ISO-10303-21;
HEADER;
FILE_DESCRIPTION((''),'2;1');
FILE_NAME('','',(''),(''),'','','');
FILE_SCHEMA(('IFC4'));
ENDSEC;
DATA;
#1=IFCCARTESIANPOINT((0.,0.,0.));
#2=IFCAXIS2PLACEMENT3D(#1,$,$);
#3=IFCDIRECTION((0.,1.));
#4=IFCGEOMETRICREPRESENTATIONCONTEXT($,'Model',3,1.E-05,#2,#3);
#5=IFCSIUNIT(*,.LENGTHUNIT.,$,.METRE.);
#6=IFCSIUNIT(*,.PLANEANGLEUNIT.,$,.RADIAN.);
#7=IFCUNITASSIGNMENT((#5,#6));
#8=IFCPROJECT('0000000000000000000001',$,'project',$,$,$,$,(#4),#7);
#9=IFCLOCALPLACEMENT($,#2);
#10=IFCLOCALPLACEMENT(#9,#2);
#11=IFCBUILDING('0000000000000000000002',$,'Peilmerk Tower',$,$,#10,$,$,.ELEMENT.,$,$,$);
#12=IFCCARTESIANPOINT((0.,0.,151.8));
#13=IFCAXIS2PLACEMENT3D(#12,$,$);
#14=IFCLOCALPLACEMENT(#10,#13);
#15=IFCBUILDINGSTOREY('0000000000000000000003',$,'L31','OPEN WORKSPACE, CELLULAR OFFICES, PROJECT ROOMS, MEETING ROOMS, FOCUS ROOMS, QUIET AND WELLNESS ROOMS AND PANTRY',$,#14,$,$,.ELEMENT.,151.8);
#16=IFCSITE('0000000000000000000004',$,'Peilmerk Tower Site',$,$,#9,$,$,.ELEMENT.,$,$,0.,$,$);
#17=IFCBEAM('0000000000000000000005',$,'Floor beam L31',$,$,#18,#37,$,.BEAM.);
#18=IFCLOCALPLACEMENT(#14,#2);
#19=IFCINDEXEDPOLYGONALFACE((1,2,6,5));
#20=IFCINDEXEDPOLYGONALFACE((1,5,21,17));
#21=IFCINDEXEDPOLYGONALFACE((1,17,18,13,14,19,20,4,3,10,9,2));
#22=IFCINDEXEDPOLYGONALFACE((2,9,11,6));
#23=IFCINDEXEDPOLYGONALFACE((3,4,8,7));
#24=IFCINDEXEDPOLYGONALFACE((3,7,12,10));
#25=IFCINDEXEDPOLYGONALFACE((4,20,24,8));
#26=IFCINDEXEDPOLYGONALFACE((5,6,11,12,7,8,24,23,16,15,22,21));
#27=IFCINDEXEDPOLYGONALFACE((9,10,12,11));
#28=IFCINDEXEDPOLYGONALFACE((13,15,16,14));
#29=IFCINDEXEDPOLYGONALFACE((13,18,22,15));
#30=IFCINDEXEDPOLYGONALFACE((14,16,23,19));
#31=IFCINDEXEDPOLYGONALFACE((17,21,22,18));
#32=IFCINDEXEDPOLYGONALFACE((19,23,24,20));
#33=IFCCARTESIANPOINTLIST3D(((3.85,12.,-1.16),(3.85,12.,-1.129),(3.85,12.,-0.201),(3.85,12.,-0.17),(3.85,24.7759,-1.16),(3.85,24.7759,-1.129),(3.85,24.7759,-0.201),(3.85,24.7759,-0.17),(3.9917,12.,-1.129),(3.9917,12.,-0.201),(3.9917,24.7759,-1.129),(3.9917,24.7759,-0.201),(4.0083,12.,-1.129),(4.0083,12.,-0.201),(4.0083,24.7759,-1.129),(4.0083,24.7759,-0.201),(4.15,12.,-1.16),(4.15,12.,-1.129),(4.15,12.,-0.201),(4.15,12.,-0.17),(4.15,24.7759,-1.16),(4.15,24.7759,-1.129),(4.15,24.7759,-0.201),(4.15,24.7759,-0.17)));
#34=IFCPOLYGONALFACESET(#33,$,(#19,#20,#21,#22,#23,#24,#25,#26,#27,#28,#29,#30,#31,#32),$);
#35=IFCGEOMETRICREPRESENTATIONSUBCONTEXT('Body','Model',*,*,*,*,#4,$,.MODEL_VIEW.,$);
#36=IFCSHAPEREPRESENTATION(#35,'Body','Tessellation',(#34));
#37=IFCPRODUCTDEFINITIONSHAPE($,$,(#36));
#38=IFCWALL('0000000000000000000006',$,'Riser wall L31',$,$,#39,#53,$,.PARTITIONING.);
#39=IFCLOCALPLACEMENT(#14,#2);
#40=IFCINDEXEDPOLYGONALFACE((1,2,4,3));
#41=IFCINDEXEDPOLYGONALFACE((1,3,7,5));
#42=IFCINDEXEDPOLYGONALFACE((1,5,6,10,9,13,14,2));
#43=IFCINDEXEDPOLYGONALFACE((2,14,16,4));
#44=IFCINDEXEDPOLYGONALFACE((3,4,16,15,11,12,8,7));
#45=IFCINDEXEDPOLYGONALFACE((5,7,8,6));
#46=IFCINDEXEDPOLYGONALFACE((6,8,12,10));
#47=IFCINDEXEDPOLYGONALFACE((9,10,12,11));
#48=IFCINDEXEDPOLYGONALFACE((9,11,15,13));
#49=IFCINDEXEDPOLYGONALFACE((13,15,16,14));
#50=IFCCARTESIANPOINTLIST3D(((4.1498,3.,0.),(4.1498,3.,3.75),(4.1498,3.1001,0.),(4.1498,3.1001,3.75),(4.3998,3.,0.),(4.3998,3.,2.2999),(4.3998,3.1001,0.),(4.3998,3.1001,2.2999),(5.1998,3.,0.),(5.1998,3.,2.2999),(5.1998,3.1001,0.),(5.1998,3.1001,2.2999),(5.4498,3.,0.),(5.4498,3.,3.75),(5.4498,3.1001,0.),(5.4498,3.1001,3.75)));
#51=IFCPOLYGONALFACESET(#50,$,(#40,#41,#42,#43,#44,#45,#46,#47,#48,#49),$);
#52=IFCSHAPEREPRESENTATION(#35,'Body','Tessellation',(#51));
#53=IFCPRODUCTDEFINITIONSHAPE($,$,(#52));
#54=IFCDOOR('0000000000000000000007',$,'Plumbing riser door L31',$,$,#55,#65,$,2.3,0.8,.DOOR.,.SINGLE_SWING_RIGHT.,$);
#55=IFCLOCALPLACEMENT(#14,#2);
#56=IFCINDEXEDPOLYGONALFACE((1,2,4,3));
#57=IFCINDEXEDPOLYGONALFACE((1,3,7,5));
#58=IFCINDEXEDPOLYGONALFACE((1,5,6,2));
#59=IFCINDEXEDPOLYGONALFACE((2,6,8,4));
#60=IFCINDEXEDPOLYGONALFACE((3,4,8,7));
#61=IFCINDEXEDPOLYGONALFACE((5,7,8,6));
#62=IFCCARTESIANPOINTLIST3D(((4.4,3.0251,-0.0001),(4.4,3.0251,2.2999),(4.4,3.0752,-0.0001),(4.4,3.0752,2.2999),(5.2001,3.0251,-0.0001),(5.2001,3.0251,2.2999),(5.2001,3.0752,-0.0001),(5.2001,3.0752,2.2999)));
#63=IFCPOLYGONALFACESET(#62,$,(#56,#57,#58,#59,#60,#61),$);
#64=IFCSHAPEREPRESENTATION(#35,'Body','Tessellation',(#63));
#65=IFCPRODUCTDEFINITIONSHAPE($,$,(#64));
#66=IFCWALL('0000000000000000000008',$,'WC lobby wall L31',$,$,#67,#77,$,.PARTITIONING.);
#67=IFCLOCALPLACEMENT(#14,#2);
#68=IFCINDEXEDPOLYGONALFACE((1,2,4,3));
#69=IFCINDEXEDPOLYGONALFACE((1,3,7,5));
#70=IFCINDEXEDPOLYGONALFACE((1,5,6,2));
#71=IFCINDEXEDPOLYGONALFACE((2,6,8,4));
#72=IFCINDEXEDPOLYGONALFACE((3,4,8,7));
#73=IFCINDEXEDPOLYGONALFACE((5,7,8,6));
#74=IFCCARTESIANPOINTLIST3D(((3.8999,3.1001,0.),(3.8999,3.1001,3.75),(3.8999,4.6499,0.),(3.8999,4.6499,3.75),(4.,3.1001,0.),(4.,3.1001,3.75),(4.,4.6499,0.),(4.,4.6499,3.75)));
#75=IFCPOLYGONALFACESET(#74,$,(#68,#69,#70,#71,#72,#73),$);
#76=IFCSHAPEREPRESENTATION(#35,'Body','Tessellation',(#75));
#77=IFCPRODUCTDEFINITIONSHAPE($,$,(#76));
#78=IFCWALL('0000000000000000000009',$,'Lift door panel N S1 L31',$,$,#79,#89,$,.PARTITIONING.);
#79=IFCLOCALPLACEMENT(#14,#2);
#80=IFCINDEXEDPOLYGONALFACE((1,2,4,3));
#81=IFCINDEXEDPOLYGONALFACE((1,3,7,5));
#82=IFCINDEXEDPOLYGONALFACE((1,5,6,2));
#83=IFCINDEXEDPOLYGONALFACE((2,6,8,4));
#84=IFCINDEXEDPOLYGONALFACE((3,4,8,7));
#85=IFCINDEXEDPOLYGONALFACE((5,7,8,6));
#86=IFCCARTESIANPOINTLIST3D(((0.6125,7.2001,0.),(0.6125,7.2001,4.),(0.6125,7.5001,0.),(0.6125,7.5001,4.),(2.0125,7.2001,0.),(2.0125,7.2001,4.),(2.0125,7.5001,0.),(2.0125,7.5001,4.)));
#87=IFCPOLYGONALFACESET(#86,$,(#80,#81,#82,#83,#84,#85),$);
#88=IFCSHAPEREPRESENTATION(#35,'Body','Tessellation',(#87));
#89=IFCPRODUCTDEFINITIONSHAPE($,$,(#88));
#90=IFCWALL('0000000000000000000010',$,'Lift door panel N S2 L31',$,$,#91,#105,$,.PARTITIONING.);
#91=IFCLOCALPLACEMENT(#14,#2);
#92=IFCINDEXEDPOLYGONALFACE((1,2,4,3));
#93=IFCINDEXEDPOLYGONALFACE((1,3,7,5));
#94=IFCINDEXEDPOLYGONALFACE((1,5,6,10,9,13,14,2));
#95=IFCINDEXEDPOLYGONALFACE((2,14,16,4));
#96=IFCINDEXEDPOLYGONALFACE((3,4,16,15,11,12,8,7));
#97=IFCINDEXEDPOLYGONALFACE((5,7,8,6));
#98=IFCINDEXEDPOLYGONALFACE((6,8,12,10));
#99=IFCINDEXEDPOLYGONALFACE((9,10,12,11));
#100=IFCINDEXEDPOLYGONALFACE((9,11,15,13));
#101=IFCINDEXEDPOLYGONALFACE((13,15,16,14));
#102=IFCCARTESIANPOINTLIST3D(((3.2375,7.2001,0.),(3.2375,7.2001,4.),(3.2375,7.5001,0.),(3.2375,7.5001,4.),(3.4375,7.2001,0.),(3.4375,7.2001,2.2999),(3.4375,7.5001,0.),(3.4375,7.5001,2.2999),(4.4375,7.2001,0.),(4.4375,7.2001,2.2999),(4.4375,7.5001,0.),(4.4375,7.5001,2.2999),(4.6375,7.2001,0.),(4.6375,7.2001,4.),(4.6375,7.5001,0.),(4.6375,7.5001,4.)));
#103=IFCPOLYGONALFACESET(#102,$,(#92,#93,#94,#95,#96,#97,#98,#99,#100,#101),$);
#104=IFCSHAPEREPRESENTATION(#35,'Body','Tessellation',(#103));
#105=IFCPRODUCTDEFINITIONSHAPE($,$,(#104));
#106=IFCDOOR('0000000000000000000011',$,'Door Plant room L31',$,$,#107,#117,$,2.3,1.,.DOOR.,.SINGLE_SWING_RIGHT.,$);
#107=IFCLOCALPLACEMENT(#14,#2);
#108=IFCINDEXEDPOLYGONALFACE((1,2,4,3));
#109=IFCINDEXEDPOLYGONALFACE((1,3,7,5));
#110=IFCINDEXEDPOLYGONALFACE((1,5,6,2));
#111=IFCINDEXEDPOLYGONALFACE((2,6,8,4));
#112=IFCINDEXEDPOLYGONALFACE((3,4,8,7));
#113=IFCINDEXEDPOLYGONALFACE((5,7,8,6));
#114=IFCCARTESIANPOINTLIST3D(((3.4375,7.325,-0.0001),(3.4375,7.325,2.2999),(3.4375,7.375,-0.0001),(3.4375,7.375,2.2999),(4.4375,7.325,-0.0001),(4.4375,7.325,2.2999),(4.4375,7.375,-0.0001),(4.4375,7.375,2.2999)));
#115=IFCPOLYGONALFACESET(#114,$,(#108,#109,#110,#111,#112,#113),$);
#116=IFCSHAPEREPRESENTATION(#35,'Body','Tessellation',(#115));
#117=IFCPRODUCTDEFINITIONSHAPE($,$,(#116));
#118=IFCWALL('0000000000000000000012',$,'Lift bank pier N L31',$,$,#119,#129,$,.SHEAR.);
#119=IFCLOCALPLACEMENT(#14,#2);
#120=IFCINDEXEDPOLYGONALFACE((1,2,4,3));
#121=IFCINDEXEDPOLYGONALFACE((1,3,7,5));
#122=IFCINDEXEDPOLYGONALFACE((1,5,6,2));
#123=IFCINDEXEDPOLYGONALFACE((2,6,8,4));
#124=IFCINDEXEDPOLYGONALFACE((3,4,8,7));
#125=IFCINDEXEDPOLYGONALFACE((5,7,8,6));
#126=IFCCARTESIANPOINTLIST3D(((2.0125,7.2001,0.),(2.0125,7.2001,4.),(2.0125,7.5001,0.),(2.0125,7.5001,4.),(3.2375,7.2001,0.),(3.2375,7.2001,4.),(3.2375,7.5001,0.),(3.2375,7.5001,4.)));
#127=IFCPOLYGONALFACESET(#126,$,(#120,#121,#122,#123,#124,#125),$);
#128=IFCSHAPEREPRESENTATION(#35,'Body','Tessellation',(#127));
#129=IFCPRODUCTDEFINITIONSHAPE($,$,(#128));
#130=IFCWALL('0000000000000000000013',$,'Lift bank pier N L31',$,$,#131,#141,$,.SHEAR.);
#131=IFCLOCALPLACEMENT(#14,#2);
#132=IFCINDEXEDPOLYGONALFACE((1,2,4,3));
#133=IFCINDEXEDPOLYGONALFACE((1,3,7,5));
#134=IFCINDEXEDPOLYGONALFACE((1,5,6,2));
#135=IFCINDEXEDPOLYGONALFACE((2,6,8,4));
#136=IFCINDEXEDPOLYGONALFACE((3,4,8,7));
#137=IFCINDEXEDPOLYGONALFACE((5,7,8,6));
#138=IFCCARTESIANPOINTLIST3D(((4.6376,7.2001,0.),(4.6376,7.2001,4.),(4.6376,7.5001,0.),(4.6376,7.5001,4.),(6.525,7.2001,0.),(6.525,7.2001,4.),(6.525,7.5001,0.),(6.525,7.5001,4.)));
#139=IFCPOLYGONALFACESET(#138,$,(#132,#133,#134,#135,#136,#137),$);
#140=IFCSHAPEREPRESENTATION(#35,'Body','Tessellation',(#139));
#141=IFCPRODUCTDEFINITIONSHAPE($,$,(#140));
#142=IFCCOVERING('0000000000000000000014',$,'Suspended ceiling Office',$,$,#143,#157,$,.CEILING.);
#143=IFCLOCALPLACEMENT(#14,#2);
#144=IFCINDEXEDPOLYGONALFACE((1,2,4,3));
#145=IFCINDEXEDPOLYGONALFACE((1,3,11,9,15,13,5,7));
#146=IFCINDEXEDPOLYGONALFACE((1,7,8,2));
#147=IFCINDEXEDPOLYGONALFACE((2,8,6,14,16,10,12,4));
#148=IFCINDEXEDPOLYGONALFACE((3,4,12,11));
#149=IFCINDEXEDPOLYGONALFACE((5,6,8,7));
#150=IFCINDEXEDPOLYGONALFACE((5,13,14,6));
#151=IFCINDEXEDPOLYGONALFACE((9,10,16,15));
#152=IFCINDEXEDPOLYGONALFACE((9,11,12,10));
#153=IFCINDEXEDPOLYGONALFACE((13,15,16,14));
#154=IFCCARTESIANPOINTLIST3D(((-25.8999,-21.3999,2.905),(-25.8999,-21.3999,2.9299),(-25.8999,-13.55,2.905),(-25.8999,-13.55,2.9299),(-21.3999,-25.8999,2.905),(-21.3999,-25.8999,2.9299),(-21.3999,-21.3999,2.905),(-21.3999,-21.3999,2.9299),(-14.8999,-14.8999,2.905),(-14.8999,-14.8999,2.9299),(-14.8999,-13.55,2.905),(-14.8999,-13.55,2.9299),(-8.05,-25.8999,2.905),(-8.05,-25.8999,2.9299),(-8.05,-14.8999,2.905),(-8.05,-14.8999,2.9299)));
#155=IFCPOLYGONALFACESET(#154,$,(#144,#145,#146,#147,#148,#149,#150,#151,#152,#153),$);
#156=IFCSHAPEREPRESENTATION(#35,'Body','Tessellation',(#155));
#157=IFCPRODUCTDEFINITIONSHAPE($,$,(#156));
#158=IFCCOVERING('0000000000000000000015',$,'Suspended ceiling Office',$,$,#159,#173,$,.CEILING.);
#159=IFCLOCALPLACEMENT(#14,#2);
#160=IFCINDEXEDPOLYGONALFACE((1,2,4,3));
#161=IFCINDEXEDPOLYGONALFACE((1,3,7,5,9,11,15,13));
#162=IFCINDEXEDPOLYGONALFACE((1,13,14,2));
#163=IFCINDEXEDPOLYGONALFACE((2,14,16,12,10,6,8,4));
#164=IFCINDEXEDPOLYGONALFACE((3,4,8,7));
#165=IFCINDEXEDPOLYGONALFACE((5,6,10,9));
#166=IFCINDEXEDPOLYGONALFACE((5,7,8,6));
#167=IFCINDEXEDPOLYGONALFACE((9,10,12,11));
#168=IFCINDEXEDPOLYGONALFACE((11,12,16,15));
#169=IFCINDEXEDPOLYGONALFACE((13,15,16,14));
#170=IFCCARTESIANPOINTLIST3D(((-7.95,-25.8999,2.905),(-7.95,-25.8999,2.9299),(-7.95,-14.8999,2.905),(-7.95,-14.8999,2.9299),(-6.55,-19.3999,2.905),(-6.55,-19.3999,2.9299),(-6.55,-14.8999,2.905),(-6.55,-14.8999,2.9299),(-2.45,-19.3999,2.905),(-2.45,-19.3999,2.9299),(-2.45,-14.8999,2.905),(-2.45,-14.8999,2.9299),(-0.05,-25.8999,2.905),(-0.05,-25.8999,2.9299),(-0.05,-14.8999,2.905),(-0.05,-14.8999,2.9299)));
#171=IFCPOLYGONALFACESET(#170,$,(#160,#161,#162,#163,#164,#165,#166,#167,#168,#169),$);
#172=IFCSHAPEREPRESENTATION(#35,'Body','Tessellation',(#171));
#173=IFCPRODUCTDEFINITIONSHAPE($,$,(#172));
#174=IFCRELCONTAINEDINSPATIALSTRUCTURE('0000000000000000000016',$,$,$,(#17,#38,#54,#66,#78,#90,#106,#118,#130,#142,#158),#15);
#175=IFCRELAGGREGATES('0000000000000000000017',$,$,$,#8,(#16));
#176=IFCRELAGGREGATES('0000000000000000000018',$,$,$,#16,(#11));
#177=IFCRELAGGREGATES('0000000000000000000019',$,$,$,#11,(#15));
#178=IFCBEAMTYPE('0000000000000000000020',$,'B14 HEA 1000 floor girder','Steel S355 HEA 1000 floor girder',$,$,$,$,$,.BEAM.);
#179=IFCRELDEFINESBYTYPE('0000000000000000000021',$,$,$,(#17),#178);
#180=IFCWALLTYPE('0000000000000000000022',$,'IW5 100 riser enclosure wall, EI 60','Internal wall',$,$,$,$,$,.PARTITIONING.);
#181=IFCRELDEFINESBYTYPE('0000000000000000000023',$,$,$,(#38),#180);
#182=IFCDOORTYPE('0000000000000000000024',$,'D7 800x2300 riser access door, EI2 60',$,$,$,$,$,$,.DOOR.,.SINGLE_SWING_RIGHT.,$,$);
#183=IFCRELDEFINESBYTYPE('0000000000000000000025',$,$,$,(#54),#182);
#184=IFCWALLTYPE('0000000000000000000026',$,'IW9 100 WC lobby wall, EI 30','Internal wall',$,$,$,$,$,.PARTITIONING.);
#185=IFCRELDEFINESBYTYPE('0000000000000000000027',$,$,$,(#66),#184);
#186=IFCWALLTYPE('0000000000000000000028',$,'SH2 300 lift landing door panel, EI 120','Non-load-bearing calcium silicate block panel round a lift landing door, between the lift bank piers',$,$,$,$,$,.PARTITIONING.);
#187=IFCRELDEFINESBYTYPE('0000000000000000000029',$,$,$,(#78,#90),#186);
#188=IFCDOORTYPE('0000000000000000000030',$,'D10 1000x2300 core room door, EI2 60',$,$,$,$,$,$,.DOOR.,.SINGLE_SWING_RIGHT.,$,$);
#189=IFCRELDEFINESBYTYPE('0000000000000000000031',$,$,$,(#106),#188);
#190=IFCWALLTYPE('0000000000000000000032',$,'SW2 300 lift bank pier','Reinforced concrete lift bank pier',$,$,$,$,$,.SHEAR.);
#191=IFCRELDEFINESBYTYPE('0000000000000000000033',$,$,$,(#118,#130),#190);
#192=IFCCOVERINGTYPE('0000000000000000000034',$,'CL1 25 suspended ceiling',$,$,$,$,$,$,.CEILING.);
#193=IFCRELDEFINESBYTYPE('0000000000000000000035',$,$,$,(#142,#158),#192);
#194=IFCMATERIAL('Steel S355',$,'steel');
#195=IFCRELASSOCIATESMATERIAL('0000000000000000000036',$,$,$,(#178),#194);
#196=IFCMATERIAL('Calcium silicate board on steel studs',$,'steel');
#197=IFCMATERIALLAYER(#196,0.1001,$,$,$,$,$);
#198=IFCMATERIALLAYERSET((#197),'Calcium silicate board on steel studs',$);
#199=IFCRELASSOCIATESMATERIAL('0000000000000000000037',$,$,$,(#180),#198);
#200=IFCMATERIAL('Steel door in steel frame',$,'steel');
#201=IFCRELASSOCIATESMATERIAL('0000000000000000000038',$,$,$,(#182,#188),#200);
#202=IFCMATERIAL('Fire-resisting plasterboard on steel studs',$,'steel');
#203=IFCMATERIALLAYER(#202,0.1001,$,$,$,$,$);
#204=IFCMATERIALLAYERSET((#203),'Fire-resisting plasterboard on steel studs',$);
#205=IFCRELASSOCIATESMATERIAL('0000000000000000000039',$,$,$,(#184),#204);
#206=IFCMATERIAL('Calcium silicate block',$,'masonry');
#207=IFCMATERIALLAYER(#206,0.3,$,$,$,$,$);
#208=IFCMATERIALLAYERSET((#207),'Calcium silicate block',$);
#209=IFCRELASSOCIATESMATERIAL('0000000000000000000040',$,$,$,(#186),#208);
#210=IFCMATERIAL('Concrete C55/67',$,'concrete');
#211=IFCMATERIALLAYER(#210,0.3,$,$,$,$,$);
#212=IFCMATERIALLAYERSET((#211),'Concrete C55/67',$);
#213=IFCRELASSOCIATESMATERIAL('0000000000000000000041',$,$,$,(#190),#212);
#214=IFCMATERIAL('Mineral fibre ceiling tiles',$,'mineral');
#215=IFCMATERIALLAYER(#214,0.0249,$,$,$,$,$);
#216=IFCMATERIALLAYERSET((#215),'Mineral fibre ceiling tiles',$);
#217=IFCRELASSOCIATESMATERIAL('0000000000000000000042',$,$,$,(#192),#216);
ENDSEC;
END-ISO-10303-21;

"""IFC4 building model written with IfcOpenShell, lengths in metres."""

from ifc_helpers import new_model, si_unit, direction, frame, frame_2d, origin, origin_2d, place, context, subcontext, project, spatial, polyline, rectangle, i_section, outline, extrude, material, layer, layer_set, material_profile, profile_set, type_object, element, fill, save


model = new_model("IFC4")

# Units and contexts
model_context = context("Model", 3, precision=1e-05, world=origin(), true_north=direction((0.0, 1.0)))
body_context = subcontext(model_context, "Body", "Model", "MODEL_VIEW")
ifc_project = project(units=[si_unit("LENGTHUNIT", "METRE"), si_unit("PLANEANGLEUNIT", "RADIAN")], contexts=[model_context])

# Site, building, storey
site_placement = place(None, origin())
site = spatial("IfcSite", under=ifc_project, at=site_placement, Name="Peilmerk Tower Site", CompositionType="ELEMENT", RefElevation=0.0)
building_placement = place(site_placement, origin())
building = spatial("IfcBuilding", under=site, at=building_placement, Name="Peilmerk Tower", CompositionType="ELEMENT")
storey_placement = place(building_placement, frame((0.0, 0.0, 151.8)))
storey = spatial("IfcBuildingStorey", under=building, at=storey_placement, Name="L31", Description="OPEN WORKSPACE, CELLULAR OFFICES, PROJECT ROOMS, MEETING ROOMS, FOCUS ROOMS, QUIET AND WELLNESS ROOMS AND PANTRY", CompositionType="ELEMENT", Elevation=151.8)

# Beam
ifc_material_1 = material(Name="Steel S355", Category="steel")
ifc_material_profile = material_profile(ifc_material_1, i_section(OverallWidth=0.3, OverallDepth=0.99, WebThickness=0.0166, FlangeThickness=0.031, at=origin_2d()), Name="HEA 1000")
ifc_profile_set = profile_set([ifc_material_profile], Name="Steel S355")
beam_type = type_object("IfcBeamType", Name="B14 HEA 1000 floor girder", Description="Steel S355 HEA 1000 floor girder", PredefinedType="BEAM", material=ifc_profile_set)
beam_placement = place(storey_placement, frame((4.0, 12.0, -0.665), z_axis=(0.0, 1.0, 0.0), x_axis=(-1.0, 0.0, 0.0)))
element("IfcBeam", 1, at=beam_placement, inside=storey, type_object=beam_type, Name="Floor beam L31", PredefinedType="BEAM", context=body_context, shape_type="SweptSolid", body=[
    extrude(i_section(OverallWidth=0.3, OverallDepth=0.99, WebThickness=0.0166, FlangeThickness=0.031, at=origin_2d()), origin(), (0.0, 0.0, 1.0), 12.7759),
])

# Wall, opening, door
ifc_material_2 = material(Name="Calcium silicate board on steel studs", Category="steel")
ifc_layer_1 = layer(ifc_material_2, 0.1001)
ifc_layer_set_1 = layer_set([ifc_layer_1], Name="Calcium silicate board on steel studs")
wall_type_1 = type_object("IfcWallType", Name="IW5 100 riser enclosure wall, EI 60", Description="Internal wall", PredefinedType="PARTITIONING", material=ifc_layer_set_1)
wall_1_placement = place(storey_placement, frame((4.1499, 3.05, 0.0), z_axis=(0.0, 0.0, 1.0), x_axis=(1.0, 0.0, 0.0)))
wall_1 = element("IfcWall", 2, at=wall_1_placement, inside=storey, type_object=wall_type_1, Name="Riser wall L31", PredefinedType="PARTITIONING", context=body_context, shape_type="SweptSolid", body=[
    extrude(rectangle(XDim=1.3, YDim=0.1001, at=frame_2d((0.6499, 0.0))), origin(), (0.0, 0.0, 1.0), 3.75),
])
opening_1_placement = place(wall_1_placement, frame((0.25, 0.0, 0.0)))
opening_1 = element("IfcOpeningElement", 3, at=opening_1_placement, cuts=wall_1, PredefinedType="OPENING", context=body_context, shape_type="SweptSolid", body=[
    extrude(rectangle(XDim=0.8, YDim=2.3, at=frame_2d((0.3999, 1.1499))), frame((0.0, 0.0601, 0.0), z_axis=(0.0, -1.0, 0.0), x_axis=(1.0, 0.0, 0.0)), (0.0, 0.0, 1.0), 0.1201),
])
ifc_material_3 = material(Name="Steel door in steel frame", Category="steel")
door_type_1 = type_object("IfcDoorType", Name="D7 800x2300 riser access door, EI2 60", OperationType="SINGLE_SWING_RIGHT", PredefinedType="DOOR", material=ifc_material_3)
door_1_placement = place(opening_1_placement, frame((0.8, 0.0, 0.0), z_axis=(0.0, 0.0, 1.0), x_axis=(-1.0, 0.0, 0.0)))
door_1 = element("IfcDoor", 4, at=door_1_placement, inside=storey, type_object=door_type_1, Name="Plumbing riser door L31", OperationType="SINGLE_SWING_RIGHT", OverallHeight=2.3, OverallWidth=0.8, PredefinedType="DOOR", context=body_context, shape_type="SweptSolid", body=[
    extrude(rectangle(XDim=0.8, YDim=2.3, at=frame_2d((0.3999, 1.1499))), frame((0.0, 0.0249, 0.0), z_axis=(0.0, -1.0, 0.0), x_axis=(1.0, 0.0, 0.0)), (0.0, 0.0, 1.0), 0.05),
])
fill(opening_1, door_1)

# Walls
ifc_material_4 = material(Name="Fire-resisting plasterboard on steel studs", Category="steel")
ifc_layer_2 = layer(ifc_material_4, 0.1001)
ifc_layer_set_2 = layer_set([ifc_layer_2], Name="Fire-resisting plasterboard on steel studs")
wall_type_2 = type_object("IfcWallType", Name="IW9 100 WC lobby wall, EI 30", Description="Internal wall", PredefinedType="PARTITIONING", material=ifc_layer_set_2)
wall_2_placement = place(storey_placement, frame((3.95, 3.1001, 0.0), z_axis=(0.0, 0.0, 1.0), x_axis=(0.0, 1.0, 0.0)))
element("IfcWall", 5, at=wall_2_placement, inside=storey, type_object=wall_type_2, Name="WC lobby wall L31", PredefinedType="PARTITIONING", context=body_context, shape_type="SweptSolid", body=[
    extrude(rectangle(XDim=1.5498, YDim=0.1001, at=frame_2d((0.7749, 0.0))), origin(), (0.0, 0.0, 1.0), 3.75),
])
ifc_material_5 = material(Name="Calcium silicate block", Category="masonry")
ifc_layer_3 = layer(ifc_material_5, 0.3)
ifc_layer_set_3 = layer_set([ifc_layer_3], Name="Calcium silicate block")
wall_type_3 = type_object("IfcWallType", Name="SH2 300 lift landing door panel, EI 120", Description="Non-load-bearing calcium silicate block panel round a lift landing door, between the lift bank piers", PredefinedType="PARTITIONING", material=ifc_layer_set_3)
wall_3_placement = place(storey_placement, frame((0.6125, 7.3501, 0.0), z_axis=(0.0, 0.0, 1.0), x_axis=(1.0, 0.0, 0.0)))
element("IfcWall", 6, at=wall_3_placement, inside=storey, type_object=wall_type_3, Name="Lift door panel N S1 L31", PredefinedType="PARTITIONING", context=body_context, shape_type="SweptSolid", body=[
    extrude(rectangle(XDim=1.3999, YDim=0.3, at=frame_2d((0.7, 0.0))), origin(), (0.0, 0.0, 1.0), 4.0),
])

# Wall, opening, door
wall_4_placement = place(storey_placement, frame((3.2375, 7.3501, 0.0), z_axis=(0.0, 0.0, 1.0), x_axis=(1.0, 0.0, 0.0)))
wall_4 = element("IfcWall", 7, at=wall_4_placement, inside=storey, type_object=wall_type_3, Name="Lift door panel N S2 L31", PredefinedType="PARTITIONING", context=body_context, shape_type="SweptSolid", body=[
    extrude(rectangle(XDim=1.3999, YDim=0.3, at=frame_2d((0.7, 0.0))), origin(), (0.0, 0.0, 1.0), 4.0),
])
opening_2_placement = place(wall_4_placement, frame((0.2, 0.0, 0.0)))
opening_2 = element("IfcOpeningElement", 8, at=opening_2_placement, cuts=wall_4, PredefinedType="OPENING", context=body_context, shape_type="SweptSolid", body=[
    extrude(rectangle(XDim=1.0, YDim=2.3, at=frame_2d((0.5, 1.1499))), frame((0.0, 0.1599, 0.0), z_axis=(0.0, -1.0, 0.0), x_axis=(1.0, 0.0, 0.0)), (0.0, 0.0, 1.0), 0.3201),
])
door_type_2 = type_object("IfcDoorType", Name="D10 1000x2300 core room door, EI2 60", OperationType="SINGLE_SWING_RIGHT", PredefinedType="DOOR", material=ifc_material_3)
door_2_placement = place(opening_2_placement, origin())
door_2 = element("IfcDoor", 9, at=door_2_placement, inside=storey, type_object=door_type_2, Name="Door Plant room L31", OperationType="SINGLE_SWING_RIGHT", OverallHeight=2.3, OverallWidth=1.0, PredefinedType="DOOR", context=body_context, shape_type="SweptSolid", body=[
    extrude(rectangle(XDim=1.0, YDim=2.3, at=frame_2d((0.5, 1.1499))), frame((0.0, 0.0249, 0.0), z_axis=(0.0, -1.0, 0.0), x_axis=(1.0, 0.0, 0.0)), (0.0, 0.0, 1.0), 0.05),
])
fill(opening_2, door_2)

# Walls
ifc_material_6 = material(Name="Concrete C55/67", Category="concrete")
ifc_layer_4 = layer(ifc_material_6, 0.3)
ifc_layer_set_4 = layer_set([ifc_layer_4], Name="Concrete C55/67")
wall_type_4 = type_object("IfcWallType", Name="SW2 300 lift bank pier", Description="Reinforced concrete lift bank pier", PredefinedType="SHEAR", material=ifc_layer_set_4)
wall_5_placement = place(storey_placement, frame((2.0125, 7.3501, 0.0), z_axis=(0.0, 0.0, 1.0), x_axis=(1.0, 0.0, 0.0)))
element("IfcWall", 10, at=wall_5_placement, inside=storey, type_object=wall_type_4, Name="Lift bank pier N L31", PredefinedType="SHEAR", context=body_context, shape_type="SweptSolid", body=[
    extrude(rectangle(XDim=1.2251, YDim=0.3, at=frame_2d((0.6125, 0.0))), origin(), (0.0, 0.0, 1.0), 4.0),
])
wall_6_placement = place(storey_placement, frame((4.6375, 7.3501, 0.0), z_axis=(0.0, 0.0, 1.0), x_axis=(1.0, 0.0, 0.0)))
element("IfcWall", 11, at=wall_6_placement, inside=storey, type_object=wall_type_4, Name="Lift bank pier N L31", PredefinedType="SHEAR", context=body_context, shape_type="SweptSolid", body=[
    extrude(rectangle(XDim=1.8875, YDim=0.3, at=frame_2d((0.9438, 0.0))), origin(), (0.0, 0.0, 1.0), 4.0),
])

# Coverings
ifc_material_7 = material(Name="Mineral fibre ceiling tiles", Category="mineral")
ifc_layer_5 = layer(ifc_material_7, 0.0249)
ifc_layer_set_5 = layer_set([ifc_layer_5], Name="Mineral fibre ceiling tiles")
covering_type = type_object("IfcCoveringType", Name="CL1 25 suspended ceiling", PredefinedType="CEILING", material=ifc_layer_set_5)
covering_1_placement = place(storey_placement, frame((0.0, 0.0, 2.905)))
element("IfcCovering", 12, at=covering_1_placement, inside=storey, type_object=covering_type, Name="Suspended ceiling Office", PredefinedType="CEILING", context=body_context, shape_type="SweptSolid", body=[
    extrude(outline(polyline([(-21.3999, -25.8999), (-8.05, -25.8999), (-8.05, -14.8999), (-14.8999, -14.8999), (-14.8999, -13.55), (-25.8999, -13.55), (-25.8999, -21.3999), (-21.3999, -21.3999), (-21.3999, -25.8999)])), origin(), (0.0, 0.0, 1.0), 0.0249),
])
covering_2_placement = place(storey_placement, frame((0.0, 0.0, 2.905)))
element("IfcCovering", 13, at=covering_2_placement, inside=storey, type_object=covering_type, Name="Suspended ceiling Office", PredefinedType="CEILING", context=body_context, shape_type="SweptSolid", body=[
    extrude(outline(polyline([(-7.95, -14.8999), (-7.95, -25.8999), (-0.05, -25.8999), (-0.05, -14.8999), (-2.45, -14.8999), (-2.45, -19.3999), (-6.55, -19.3999), (-6.55, -14.8999), (-7.95, -14.8999)])), origin(), (0.0, 0.0, 1.0), 0.0249),
])

save(model, "model.ifc")
